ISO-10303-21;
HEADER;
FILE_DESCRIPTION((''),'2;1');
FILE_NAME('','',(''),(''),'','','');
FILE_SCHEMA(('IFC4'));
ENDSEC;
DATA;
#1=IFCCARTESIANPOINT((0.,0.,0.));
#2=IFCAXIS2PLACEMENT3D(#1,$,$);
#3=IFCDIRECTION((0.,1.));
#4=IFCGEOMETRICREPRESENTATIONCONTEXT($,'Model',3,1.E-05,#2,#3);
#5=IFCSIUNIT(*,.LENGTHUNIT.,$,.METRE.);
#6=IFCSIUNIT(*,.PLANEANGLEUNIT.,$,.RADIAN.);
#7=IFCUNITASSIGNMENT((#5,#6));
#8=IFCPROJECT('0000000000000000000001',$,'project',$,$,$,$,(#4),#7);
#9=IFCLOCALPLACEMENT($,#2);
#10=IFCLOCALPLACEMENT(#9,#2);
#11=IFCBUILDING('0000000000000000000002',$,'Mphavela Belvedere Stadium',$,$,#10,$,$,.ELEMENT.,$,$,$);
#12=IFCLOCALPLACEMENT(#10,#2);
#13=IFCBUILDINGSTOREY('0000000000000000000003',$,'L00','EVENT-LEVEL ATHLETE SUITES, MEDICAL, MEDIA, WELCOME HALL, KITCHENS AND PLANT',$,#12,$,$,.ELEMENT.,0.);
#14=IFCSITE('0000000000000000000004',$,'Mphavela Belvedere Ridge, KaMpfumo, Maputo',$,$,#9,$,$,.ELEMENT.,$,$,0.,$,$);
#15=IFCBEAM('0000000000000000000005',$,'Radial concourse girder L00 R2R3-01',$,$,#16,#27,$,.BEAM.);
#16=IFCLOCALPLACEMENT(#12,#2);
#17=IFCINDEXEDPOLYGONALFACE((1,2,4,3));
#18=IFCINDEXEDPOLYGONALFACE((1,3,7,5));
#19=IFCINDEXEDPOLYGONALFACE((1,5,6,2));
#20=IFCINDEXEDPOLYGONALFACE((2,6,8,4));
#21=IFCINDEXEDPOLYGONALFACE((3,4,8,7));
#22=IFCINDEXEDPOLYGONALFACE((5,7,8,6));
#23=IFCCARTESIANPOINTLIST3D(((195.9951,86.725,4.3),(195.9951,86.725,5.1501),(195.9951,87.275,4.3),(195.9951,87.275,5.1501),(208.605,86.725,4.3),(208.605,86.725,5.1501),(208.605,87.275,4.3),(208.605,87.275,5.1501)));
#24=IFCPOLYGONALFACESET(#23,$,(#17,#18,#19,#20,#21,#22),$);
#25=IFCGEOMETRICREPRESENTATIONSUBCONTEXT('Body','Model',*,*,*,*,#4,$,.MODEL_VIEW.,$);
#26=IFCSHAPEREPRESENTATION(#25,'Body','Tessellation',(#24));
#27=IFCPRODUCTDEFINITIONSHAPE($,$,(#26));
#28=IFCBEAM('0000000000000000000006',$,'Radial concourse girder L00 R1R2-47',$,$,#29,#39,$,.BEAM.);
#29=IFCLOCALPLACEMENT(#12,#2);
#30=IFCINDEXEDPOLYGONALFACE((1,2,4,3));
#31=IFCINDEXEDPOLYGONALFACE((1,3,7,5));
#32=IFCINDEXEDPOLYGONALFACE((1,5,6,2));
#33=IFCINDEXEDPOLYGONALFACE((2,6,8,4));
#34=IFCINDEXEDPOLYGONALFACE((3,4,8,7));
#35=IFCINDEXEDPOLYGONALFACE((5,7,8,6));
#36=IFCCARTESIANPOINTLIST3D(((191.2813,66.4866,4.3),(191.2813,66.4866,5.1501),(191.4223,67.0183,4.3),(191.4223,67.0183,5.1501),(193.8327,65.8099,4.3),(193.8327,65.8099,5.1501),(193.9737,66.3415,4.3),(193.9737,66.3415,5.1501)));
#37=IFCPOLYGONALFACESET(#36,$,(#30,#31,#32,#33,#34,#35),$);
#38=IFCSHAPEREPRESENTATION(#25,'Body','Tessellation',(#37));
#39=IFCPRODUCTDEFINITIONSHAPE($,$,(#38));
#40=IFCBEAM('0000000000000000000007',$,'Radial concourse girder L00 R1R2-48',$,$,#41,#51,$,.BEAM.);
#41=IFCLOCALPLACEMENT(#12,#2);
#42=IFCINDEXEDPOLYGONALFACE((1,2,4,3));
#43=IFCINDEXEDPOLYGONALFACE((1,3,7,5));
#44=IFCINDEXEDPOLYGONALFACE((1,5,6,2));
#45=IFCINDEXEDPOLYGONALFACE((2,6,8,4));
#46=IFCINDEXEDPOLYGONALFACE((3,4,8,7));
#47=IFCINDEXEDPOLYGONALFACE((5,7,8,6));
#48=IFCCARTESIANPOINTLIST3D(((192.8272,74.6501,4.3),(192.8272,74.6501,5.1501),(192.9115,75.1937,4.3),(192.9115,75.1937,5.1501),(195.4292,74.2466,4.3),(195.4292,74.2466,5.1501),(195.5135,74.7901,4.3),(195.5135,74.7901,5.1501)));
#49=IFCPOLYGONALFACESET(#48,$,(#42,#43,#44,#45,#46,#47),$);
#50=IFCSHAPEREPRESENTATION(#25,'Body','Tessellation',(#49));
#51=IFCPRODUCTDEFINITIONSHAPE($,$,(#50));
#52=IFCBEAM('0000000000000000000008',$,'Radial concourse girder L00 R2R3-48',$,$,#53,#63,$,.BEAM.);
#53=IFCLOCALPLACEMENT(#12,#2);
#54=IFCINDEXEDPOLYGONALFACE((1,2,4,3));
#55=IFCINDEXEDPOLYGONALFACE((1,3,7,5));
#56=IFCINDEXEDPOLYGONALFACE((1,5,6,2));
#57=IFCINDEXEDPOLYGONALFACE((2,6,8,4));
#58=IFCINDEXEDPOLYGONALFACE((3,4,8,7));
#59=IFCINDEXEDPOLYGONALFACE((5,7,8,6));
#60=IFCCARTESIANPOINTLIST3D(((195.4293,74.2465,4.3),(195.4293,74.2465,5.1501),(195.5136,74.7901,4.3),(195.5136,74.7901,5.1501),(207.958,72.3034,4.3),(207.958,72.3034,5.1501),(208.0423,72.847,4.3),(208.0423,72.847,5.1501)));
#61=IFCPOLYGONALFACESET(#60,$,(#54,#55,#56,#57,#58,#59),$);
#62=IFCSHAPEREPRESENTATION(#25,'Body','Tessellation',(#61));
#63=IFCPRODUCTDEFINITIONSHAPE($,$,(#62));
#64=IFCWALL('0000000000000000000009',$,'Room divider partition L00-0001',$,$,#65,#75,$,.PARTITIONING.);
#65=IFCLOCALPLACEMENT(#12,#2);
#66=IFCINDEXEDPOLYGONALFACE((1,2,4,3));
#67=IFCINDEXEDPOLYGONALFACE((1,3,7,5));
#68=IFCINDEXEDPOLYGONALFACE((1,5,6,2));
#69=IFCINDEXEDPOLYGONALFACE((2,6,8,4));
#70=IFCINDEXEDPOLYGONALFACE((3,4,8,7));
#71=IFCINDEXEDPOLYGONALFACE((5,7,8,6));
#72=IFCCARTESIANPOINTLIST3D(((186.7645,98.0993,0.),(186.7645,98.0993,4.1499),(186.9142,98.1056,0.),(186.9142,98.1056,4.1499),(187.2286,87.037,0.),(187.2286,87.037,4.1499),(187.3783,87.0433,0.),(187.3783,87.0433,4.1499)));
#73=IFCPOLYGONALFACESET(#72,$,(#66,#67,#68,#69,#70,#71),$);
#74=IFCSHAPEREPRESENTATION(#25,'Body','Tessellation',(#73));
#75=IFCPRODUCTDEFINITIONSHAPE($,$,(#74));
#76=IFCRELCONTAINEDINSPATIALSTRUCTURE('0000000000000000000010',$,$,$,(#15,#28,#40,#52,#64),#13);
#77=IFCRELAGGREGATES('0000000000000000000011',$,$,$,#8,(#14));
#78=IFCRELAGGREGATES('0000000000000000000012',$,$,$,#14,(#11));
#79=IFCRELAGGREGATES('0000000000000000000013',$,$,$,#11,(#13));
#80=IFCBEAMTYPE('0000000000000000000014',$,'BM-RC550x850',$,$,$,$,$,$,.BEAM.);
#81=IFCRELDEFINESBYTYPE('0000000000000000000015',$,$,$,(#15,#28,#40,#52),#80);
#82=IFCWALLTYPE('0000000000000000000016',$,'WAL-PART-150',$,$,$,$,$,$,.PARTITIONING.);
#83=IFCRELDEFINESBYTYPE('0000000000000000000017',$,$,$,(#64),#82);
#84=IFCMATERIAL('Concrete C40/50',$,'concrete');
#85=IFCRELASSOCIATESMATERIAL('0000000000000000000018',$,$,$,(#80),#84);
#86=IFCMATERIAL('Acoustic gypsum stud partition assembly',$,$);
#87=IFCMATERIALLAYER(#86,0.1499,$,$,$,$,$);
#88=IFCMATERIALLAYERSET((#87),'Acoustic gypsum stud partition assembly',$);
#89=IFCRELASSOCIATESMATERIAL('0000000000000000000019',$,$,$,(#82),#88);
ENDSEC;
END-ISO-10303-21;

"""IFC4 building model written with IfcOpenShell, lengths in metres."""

from ifc_helpers import new_model, si_unit, direction, frame, frame_2d, origin, origin_2d, place, context, subcontext, project, spatial, rectangle, extrude, material, layer, layer_set, material_profile, profile_set, type_object, element, save


model = new_model("IFC4")

# Units and contexts
model_context = context("Model", 3, precision=1e-05, world=origin(), true_north=direction((0.0, 1.0)))
body_context = subcontext(model_context, "Body", "Model", "MODEL_VIEW")
ifc_project = project(units=[si_unit("LENGTHUNIT", "METRE"), si_unit("PLANEANGLEUNIT", "RADIAN")], contexts=[model_context])

# Site, building, storey
site_placement = place(None, origin())
site = spatial("IfcSite", under=ifc_project, at=site_placement, Name="Mphavela Belvedere Ridge, KaMpfumo, Maputo", CompositionType="ELEMENT", RefElevation=0.0)
building_placement = place(site_placement, origin())
building = spatial("IfcBuilding", under=site, at=building_placement, Name="Mphavela Belvedere Stadium", CompositionType="ELEMENT")
storey_placement = place(building_placement, origin())
storey = spatial("IfcBuildingStorey", under=building, at=storey_placement, Name="L00", Description="EVENT-LEVEL ATHLETE SUITES, MEDICAL, MEDIA, WELCOME HALL, KITCHENS AND PLANT", CompositionType="ELEMENT", Elevation=0.0)

# Beams
ifc_material_1 = material(Name="Concrete C40/50", Category="concrete")
ifc_material_profile_1 = material_profile(ifc_material_1, rectangle(XDim=0.55, YDim=0.8501, at=origin_2d()), Name="RC 550x850")
ifc_profile_set_1 = profile_set([ifc_material_profile_1], Name="Concrete C40/50")
beam_type_1 = type_object("IfcBeamType", Name="BM-RC550x850", PredefinedType="BEAM", material=ifc_profile_set_1)
beam_1_placement = place(storey_placement, frame((195.9951, 87.0, 4.7251), z_axis=(1.0, 0.0, 0.0), x_axis=(0.0, 1.0, 0.0)))
element("IfcBeam", 1, at=beam_1_placement, inside=storey, type_object=beam_type_1, Name="Radial concourse girder L00 R2R3-01", PredefinedType="BEAM", context=body_context, shape_type="SweptSolid", body=[
    extrude(rectangle(XDim=0.55, YDim=0.8501, at=origin_2d()), origin(), (0.0, 0.0, 1.0), 12.6099),
])
beam_2_placement = place(storey_placement, frame((191.3518, 66.7524, 4.7251), z_axis=(0.966578, -0.256373, 0.0), x_axis=(0.256373, 0.966578, 0.0)))
element("IfcBeam", 2, at=beam_2_placement, inside=storey, type_object=beam_type_1, Name="Radial concourse girder L00 R1R2-47", PredefinedType="BEAM", context=body_context, shape_type="SweptSolid", body=[
    extrude(rectangle(XDim=0.55, YDim=0.8501, at=origin_2d()), origin(), (0.0, 0.0, 1.0), 2.6396),
])
beam_3_placement = place(storey_placement, frame((192.8694, 74.9219, 4.7251), z_axis=(0.988186, -0.153262, 0.0), x_axis=(0.153262, 0.988186, 0.0)))
element("IfcBeam", 3, at=beam_3_placement, inside=storey, type_object=beam_type_1, Name="Radial concourse girder L00 R1R2-48", PredefinedType="BEAM", context=body_context, shape_type="SweptSolid", body=[
    extrude(rectangle(XDim=0.55, YDim=0.8501, at=origin_2d()), origin(), (0.0, 0.0, 1.0), 2.6331),
])
beam_4_placement = place(storey_placement, frame((195.4714, 74.5183, 4.7251), z_axis=(0.988186, -0.153262, 0.0), x_axis=(0.153262, 0.988186, 0.0)))
element("IfcBeam", 4, at=beam_4_placement, inside=storey, type_object=beam_type_1, Name="Radial concourse girder L00 R2R3-48", PredefinedType="BEAM", context=body_context, shape_type="SweptSolid", body=[
    extrude(rectangle(XDim=0.55, YDim=0.8501, at=origin_2d()), origin(), (0.0, 0.0, 1.0), 12.6785),
])

# Wall
ifc_material_2 = material(Name="Acoustic gypsum stud partition assembly")
ifc_layer = layer(ifc_material_2, 0.1499)
ifc_layer_set = layer_set([ifc_layer], Name="Acoustic gypsum stud partition assembly")
wall_type = type_object("IfcWallType", Name="WAL-PART-150", PredefinedType="PARTITIONING", material=ifc_layer_set)
wall_placement = place(storey_placement, frame((187.3035, 87.04, 0.0), z_axis=(0.0, 0.0, 1.0), x_axis=(-0.041918, 0.999121, 0.0)))
element("IfcWall", 5, at=wall_placement, inside=storey, type_object=wall_type, Name="Room divider partition L00-0001", PredefinedType="PARTITIONING", context=body_context, shape_type="SweptSolid", body=[
    extrude(rectangle(XDim=11.072, YDim=0.1499, at=frame_2d((5.5361, 0.0))), origin(), (0.0, 0.0, 1.0), 4.1499),
])

save(model, "model.ifc")
